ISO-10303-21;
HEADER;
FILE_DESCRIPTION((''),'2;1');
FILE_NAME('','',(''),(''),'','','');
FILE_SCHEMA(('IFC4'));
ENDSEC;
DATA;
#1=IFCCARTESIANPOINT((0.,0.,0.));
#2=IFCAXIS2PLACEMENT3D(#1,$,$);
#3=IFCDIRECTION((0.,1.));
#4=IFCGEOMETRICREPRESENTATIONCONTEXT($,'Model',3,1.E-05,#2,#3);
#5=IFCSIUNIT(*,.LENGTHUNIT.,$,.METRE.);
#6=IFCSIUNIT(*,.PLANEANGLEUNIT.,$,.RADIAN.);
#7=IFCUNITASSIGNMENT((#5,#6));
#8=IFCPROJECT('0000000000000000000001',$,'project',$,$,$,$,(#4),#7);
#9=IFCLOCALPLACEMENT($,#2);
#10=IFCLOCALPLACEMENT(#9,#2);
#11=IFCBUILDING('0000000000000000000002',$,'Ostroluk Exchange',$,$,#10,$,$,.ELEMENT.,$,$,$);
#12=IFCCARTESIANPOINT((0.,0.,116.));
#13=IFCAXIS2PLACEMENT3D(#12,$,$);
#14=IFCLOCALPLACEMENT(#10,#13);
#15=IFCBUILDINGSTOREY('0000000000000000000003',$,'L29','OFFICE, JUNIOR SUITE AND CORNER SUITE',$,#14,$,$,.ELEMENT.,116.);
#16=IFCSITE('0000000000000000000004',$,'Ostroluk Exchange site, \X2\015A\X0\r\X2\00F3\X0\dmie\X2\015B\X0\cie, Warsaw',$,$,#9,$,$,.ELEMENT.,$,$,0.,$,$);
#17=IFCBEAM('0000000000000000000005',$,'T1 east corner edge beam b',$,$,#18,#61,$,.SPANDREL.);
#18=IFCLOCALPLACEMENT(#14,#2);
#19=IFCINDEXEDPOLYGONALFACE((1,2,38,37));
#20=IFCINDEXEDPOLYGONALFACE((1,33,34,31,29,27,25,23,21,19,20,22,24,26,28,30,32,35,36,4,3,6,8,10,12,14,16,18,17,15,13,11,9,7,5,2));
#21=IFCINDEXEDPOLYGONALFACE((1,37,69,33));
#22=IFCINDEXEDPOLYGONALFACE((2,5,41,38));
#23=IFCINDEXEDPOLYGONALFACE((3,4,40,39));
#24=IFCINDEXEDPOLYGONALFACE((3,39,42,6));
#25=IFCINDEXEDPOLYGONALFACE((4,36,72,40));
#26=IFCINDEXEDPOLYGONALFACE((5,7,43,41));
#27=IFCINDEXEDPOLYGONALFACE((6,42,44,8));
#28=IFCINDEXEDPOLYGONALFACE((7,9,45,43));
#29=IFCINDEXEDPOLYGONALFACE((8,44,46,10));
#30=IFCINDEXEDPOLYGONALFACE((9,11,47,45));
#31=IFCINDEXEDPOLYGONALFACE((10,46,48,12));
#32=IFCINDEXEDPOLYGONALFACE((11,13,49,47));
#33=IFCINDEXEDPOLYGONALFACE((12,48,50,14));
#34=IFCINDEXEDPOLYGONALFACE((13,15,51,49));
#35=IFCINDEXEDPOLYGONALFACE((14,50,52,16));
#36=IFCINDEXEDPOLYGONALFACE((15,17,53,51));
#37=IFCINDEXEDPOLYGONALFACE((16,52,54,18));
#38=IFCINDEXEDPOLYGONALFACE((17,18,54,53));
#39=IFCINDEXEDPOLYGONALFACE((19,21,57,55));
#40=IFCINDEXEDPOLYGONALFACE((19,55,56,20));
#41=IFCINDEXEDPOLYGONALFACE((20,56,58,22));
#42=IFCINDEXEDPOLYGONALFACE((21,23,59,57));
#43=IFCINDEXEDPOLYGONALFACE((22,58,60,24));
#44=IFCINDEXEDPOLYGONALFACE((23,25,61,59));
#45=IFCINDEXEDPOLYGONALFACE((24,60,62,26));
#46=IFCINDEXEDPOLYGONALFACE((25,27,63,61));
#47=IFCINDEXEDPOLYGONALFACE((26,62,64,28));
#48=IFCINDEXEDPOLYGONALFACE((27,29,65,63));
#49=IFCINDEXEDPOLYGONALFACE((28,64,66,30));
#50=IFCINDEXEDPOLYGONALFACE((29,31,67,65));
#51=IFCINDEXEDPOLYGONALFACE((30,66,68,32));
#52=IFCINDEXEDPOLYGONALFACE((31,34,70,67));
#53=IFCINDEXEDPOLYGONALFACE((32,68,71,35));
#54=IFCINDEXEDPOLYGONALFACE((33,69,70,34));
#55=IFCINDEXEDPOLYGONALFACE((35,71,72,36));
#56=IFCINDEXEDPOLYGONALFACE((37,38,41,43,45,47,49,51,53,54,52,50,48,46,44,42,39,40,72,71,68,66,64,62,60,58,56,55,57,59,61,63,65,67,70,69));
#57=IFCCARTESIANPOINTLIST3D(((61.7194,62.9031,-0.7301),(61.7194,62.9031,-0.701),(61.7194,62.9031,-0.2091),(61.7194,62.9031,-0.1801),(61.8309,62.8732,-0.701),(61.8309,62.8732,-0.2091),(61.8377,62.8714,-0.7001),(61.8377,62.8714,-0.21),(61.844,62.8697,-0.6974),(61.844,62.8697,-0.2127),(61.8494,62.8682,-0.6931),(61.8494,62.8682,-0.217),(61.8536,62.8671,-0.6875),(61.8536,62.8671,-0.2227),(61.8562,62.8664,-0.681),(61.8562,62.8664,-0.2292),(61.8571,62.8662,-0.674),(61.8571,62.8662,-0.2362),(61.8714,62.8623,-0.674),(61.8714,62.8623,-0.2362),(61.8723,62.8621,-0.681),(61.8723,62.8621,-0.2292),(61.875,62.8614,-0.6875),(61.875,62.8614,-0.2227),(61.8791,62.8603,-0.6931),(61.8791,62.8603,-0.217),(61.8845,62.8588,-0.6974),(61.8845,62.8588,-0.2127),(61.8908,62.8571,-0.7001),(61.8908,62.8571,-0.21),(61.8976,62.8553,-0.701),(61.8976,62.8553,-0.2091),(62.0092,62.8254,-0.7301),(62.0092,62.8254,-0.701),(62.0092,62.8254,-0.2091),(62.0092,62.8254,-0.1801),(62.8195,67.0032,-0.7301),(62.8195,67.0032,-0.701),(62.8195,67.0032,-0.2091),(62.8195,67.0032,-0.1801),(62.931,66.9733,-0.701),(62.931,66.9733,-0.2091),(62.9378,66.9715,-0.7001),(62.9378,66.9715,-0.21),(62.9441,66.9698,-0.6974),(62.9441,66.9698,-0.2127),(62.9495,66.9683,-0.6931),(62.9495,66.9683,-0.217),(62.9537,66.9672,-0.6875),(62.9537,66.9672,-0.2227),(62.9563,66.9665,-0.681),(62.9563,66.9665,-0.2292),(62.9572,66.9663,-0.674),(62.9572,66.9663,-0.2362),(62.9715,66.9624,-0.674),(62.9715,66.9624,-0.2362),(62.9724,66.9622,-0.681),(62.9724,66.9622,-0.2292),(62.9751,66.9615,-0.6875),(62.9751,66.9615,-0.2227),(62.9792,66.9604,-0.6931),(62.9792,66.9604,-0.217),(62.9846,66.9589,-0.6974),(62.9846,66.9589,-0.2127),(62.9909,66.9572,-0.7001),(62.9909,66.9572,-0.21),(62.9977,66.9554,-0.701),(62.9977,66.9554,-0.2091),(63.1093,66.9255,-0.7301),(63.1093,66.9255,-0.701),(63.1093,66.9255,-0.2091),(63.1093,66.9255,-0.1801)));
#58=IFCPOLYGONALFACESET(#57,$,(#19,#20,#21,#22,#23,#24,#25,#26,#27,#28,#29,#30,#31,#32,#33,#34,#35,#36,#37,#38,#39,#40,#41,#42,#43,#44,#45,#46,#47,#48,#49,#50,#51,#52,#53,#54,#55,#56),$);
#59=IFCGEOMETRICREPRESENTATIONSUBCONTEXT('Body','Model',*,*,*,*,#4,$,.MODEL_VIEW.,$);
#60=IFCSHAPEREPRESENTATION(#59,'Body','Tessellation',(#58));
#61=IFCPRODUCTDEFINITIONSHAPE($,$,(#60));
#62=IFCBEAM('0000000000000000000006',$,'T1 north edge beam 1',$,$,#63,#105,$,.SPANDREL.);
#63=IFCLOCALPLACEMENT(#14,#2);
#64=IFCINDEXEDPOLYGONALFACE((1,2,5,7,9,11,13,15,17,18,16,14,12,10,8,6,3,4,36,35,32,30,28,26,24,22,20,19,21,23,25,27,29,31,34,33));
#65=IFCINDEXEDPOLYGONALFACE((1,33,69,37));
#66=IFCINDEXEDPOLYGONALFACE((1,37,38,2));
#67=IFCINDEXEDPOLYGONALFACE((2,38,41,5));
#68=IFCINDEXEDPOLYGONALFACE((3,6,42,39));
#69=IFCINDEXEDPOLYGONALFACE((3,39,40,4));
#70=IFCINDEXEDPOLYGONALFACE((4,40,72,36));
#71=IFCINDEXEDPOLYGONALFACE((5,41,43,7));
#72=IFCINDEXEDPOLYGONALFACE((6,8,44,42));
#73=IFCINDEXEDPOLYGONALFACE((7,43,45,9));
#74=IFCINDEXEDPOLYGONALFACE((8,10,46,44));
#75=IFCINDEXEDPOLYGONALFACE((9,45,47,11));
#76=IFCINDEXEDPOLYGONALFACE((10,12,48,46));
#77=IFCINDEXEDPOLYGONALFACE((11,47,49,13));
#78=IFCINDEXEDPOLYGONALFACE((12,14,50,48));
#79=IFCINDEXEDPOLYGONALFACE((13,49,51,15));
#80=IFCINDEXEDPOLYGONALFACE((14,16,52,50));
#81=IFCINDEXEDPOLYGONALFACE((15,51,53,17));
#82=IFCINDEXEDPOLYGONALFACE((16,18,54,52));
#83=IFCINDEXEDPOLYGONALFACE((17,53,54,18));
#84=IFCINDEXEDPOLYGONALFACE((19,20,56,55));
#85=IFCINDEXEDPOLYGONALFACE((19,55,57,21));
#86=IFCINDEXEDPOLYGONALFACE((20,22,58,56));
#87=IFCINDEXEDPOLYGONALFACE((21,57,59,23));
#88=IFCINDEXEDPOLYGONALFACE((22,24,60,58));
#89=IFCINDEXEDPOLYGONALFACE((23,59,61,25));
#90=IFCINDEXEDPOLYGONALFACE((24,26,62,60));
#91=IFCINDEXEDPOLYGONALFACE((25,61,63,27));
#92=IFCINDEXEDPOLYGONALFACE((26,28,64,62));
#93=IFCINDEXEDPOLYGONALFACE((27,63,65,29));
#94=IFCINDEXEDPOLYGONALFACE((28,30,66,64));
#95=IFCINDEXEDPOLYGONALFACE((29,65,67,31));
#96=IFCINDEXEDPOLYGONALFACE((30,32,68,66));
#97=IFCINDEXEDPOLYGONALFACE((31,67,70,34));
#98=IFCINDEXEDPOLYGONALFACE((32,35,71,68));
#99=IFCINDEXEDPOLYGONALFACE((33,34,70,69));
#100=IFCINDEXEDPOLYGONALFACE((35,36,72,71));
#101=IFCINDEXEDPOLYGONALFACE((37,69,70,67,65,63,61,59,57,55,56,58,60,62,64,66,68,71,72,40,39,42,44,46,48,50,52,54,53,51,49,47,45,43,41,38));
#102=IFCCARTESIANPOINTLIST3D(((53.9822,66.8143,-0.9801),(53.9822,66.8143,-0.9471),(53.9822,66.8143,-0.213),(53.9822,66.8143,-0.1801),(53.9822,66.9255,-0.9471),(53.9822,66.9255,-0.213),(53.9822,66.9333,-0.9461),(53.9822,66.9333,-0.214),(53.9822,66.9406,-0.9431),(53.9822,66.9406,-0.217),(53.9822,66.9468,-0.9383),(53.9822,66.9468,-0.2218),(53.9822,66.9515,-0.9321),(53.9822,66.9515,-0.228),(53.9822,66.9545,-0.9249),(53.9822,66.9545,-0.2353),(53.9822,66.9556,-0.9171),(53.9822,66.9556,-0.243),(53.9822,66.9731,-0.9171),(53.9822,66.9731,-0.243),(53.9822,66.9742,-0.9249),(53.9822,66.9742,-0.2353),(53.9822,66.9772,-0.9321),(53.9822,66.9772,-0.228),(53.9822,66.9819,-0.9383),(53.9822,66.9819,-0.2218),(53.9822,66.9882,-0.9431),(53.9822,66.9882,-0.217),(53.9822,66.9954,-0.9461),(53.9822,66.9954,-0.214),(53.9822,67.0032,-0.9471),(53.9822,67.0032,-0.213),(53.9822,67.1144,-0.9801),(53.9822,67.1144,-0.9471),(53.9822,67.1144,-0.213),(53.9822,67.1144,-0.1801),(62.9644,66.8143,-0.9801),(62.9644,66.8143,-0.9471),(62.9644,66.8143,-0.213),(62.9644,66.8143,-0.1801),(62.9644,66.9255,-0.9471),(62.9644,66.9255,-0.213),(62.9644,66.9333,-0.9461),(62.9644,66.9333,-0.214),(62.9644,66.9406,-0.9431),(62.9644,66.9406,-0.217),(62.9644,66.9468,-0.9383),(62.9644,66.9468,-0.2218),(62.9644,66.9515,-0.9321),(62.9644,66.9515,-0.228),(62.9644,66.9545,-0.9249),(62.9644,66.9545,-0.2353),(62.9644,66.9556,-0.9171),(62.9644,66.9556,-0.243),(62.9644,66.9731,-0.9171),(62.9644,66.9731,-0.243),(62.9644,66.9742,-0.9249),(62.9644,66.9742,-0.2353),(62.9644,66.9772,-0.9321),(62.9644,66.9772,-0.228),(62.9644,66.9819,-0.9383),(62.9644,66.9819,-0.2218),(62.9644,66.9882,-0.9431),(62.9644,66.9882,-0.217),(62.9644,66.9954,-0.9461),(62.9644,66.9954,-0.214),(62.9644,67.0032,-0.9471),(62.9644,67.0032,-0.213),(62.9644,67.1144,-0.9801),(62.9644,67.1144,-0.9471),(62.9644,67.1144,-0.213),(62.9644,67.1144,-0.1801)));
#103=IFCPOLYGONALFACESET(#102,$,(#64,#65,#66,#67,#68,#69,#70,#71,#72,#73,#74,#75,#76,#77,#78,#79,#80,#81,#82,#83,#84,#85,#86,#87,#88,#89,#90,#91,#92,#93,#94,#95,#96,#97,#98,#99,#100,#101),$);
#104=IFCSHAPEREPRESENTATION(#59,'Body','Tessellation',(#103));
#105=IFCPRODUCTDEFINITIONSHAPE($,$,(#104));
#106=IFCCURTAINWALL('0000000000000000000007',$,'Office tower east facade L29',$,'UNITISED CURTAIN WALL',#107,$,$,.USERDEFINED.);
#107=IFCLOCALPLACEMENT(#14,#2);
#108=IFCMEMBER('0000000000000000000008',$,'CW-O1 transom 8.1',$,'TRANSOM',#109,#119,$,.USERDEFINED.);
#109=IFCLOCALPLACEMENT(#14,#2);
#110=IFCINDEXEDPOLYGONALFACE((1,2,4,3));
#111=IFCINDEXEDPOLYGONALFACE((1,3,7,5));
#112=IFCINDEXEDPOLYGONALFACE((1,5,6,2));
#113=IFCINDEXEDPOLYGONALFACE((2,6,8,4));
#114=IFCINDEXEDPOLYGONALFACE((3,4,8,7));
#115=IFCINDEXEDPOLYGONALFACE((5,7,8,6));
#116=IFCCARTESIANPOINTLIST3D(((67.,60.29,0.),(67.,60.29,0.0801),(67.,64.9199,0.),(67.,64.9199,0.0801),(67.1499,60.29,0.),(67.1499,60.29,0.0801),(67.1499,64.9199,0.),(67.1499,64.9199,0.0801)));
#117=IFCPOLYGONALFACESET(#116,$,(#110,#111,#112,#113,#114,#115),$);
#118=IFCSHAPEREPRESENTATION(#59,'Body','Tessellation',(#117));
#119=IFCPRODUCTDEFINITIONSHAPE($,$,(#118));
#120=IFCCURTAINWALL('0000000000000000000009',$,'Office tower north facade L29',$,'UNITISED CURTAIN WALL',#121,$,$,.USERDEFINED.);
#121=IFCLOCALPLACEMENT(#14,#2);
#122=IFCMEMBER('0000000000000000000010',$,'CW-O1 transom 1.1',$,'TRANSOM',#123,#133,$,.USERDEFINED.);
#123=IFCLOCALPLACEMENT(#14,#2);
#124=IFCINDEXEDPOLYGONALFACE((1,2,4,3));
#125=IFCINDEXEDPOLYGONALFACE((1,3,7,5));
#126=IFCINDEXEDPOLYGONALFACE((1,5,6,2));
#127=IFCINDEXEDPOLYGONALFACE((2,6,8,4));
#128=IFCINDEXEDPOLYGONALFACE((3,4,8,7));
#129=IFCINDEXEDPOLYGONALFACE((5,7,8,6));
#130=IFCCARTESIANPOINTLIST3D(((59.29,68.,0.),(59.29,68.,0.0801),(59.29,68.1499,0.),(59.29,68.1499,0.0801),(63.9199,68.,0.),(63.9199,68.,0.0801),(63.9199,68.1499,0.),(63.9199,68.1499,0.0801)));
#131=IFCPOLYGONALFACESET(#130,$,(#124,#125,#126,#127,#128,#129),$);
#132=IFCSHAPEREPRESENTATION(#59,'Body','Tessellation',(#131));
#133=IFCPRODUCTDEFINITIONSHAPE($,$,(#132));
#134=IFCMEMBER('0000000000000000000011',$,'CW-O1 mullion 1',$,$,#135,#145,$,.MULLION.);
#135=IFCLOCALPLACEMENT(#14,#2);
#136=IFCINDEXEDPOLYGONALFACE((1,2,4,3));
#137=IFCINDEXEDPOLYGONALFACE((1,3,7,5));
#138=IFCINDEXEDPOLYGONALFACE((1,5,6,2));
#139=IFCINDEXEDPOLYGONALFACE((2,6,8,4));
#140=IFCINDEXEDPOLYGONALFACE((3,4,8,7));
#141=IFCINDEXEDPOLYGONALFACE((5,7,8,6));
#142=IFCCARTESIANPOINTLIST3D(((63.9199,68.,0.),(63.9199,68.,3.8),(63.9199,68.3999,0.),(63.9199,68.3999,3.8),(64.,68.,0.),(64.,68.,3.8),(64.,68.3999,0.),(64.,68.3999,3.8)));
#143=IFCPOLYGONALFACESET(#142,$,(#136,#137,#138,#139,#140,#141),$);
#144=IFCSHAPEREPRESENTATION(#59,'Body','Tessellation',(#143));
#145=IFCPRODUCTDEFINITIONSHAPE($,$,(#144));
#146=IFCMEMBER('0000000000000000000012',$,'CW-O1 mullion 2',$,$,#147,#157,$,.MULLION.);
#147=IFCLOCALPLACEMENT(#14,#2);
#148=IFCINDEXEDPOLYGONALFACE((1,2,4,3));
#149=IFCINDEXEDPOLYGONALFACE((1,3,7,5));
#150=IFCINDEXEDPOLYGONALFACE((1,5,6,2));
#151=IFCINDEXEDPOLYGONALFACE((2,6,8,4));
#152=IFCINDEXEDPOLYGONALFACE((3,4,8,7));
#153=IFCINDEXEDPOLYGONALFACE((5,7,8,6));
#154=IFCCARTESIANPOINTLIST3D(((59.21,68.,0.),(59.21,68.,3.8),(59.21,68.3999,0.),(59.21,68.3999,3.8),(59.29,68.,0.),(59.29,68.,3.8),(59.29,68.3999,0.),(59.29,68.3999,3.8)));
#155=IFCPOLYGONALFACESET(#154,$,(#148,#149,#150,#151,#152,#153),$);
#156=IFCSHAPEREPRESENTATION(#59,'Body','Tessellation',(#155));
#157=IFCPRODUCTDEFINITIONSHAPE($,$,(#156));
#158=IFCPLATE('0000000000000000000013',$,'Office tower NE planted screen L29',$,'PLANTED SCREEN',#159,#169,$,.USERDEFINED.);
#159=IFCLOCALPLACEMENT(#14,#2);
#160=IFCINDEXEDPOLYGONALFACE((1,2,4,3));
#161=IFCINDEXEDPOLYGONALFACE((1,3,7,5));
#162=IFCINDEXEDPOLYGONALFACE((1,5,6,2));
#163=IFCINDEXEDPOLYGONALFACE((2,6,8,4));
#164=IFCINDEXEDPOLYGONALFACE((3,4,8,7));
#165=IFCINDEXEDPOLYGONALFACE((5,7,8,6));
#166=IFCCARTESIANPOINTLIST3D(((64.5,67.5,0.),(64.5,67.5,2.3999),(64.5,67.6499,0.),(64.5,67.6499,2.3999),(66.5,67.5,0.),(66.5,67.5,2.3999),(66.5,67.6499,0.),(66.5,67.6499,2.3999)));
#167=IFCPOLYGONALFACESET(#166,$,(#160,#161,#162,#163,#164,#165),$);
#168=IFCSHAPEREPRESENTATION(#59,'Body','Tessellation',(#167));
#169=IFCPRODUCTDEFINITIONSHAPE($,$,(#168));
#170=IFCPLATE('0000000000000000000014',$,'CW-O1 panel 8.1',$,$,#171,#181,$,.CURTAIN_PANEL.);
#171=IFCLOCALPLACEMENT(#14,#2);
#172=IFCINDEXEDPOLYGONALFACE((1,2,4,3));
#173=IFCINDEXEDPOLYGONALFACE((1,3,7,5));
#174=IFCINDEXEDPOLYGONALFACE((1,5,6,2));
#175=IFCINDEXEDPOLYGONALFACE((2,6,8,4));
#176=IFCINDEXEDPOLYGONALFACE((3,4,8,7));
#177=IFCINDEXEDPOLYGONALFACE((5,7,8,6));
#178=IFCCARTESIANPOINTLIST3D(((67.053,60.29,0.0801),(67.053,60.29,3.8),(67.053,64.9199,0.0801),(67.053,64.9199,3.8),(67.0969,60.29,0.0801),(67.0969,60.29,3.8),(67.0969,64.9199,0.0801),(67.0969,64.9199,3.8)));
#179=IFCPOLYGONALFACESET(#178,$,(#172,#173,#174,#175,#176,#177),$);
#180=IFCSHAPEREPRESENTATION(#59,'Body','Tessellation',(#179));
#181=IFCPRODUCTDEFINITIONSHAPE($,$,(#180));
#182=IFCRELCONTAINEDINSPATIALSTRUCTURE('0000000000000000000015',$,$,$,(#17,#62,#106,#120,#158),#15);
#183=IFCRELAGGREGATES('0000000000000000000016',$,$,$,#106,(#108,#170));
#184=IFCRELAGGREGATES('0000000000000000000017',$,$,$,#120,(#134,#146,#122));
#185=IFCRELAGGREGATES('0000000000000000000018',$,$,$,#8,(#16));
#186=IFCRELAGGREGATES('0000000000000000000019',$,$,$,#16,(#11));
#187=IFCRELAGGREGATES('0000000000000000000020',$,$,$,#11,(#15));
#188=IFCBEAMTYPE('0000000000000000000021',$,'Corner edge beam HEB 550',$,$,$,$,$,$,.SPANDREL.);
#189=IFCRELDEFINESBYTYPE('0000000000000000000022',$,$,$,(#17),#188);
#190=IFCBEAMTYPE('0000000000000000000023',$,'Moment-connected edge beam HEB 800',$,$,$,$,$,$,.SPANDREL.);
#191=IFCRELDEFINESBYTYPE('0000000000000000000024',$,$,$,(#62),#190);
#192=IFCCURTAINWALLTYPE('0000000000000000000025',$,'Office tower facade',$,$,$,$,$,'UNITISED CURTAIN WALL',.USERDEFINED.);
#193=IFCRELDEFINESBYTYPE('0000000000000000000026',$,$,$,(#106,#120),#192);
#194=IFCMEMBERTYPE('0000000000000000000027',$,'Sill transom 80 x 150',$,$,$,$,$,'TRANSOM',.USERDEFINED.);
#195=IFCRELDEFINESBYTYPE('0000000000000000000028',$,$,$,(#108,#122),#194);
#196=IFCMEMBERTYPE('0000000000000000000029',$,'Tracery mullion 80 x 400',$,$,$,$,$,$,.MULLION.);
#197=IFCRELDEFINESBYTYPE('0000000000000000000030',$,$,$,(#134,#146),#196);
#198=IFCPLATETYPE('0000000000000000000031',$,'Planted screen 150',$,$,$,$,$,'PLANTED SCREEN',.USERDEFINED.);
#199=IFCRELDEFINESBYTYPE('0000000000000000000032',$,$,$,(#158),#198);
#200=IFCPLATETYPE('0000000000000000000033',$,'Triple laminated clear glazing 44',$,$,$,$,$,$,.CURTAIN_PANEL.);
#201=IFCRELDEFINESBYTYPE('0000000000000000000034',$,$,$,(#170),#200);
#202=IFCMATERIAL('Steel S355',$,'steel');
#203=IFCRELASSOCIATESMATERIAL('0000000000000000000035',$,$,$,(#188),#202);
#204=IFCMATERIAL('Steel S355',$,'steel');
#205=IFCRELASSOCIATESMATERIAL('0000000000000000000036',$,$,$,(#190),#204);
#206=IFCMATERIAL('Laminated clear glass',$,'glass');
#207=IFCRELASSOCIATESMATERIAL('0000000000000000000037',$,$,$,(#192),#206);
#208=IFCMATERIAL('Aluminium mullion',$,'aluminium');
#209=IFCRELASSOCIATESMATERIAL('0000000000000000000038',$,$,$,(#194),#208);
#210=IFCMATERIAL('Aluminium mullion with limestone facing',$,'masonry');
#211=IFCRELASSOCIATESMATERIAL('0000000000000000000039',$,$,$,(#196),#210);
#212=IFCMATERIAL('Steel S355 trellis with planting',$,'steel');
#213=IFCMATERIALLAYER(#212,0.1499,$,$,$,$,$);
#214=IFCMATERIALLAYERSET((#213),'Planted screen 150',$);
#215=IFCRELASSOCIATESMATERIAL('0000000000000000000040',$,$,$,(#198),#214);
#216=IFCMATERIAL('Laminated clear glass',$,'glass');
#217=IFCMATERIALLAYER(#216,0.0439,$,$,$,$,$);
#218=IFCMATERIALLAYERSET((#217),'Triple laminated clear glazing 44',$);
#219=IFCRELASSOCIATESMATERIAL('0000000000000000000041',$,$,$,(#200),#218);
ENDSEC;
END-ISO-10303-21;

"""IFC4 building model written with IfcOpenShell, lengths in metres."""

from ifc_helpers import new_model, si_unit, direction, frame, origin, origin_2d, place, context, subcontext, project, spatial, rectangle, i_section, extrude, material, layer, layer_set, material_profile, profile_set, type_object, element, aggregate, save


model = new_model("IFC4")

# Units and contexts
model_context = context("Model", 3, precision=1e-05, world=origin(), true_north=direction((0.0, 1.0)))
body_context = subcontext(model_context, "Body", "Model", "MODEL_VIEW")
ifc_project = project(units=[si_unit("LENGTHUNIT", "METRE"), si_unit("PLANEANGLEUNIT", "RADIAN")], contexts=[model_context])

# Site, building, storey
site_placement = place(None, origin())
site = spatial("IfcSite", under=ifc_project, at=site_placement, Name="Ostroluk Exchange site, Śródmieście, Warsaw", CompositionType="ELEMENT", RefElevation=0.0)
building_placement = place(site_placement, origin())
building = spatial("IfcBuilding", under=site, at=building_placement, Name="Ostroluk Exchange", CompositionType="ELEMENT")
storey_placement = place(building_placement, frame((0.0, 0.0, 116.0)))
storey = spatial("IfcBuildingStorey", under=building, at=storey_placement, Name="L29", Description="OFFICE, JUNIOR SUITE AND CORNER SUITE", CompositionType="ELEMENT", Elevation=116.0)

# Beams
ifc_material_1 = material(Name="Steel S355", Category="steel")
ifc_material_profile_1 = material_profile(ifc_material_1, i_section(OverallWidth=0.3, OverallDepth=0.55, WebThickness=0.0149, FlangeThickness=0.0291, FilletRadius=0.0271, at=origin_2d()), Name="HEB 550")
ifc_profile_set_1 = profile_set([ifc_material_profile_1], Name="Steel S355")
beam_type_1 = type_object("IfcBeamType", Name="Corner edge beam HEB 550", PredefinedType="SPANDREL", material=ifc_profile_set_1)
for number, where, z_axis, x_axis, name in (
    (1, (61.8643, 62.8643, -0.4551), (0.259144, 0.965839, 0.0), (-0.965839, 0.259144, 0.0), "T1 east corner edge beam b"),
):
    element("IfcBeam", number, at=place(storey_placement, frame(where, z_axis=z_axis, x_axis=x_axis)), inside=storey, type_object=beam_type_1, Name=name, PredefinedType="SPANDREL", context=body_context, shape_type="SweptSolid", body=[
        extrude(i_section(OverallWidth=0.3, OverallDepth=0.55, WebThickness=0.0149, FlangeThickness=0.0291, FilletRadius=0.0271, at=origin_2d()), origin(), (0.0, 0.0, 1.0), 4.2451),
    ])
ifc_material_2 = material(Name="Steel S355", Category="steel")
ifc_material_profile_2 = material_profile(ifc_material_2, i_section(OverallWidth=0.3, OverallDepth=0.8, WebThickness=0.0176, FlangeThickness=0.033, FilletRadius=0.03, at=origin_2d()), Name="HEB 800")
ifc_profile_set_2 = profile_set([ifc_material_profile_2], Name="Steel S355")
beam_type_2 = type_object("IfcBeamType", Name="Moment-connected edge beam HEB 800", PredefinedType="SPANDREL", material=ifc_profile_set_2)
beam_1_placement = place(storey_placement, frame((62.9644, 66.9644, -0.5801), z_axis=(-1.0, 0.0, 0.0), x_axis=(0.0, -1.0, 0.0)))
element("IfcBeam", 2, at=beam_1_placement, inside=storey, type_object=beam_type_2, Name="T1 north edge beam 1", PredefinedType="SPANDREL", context=body_context, shape_type="SweptSolid", body=[
    extrude(i_section(OverallWidth=0.3, OverallDepth=0.8, WebThickness=0.0176, FlangeThickness=0.033, FilletRadius=0.03, at=origin_2d()), origin(), (0.0, 0.0, 1.0), 8.9822),
])

# Curtain wall, member
ifc_material_3 = material(Name="Laminated clear glass", Category="glass")
curtain_wall_type = type_object("IfcCurtainWallType", Name="Office tower facade", ElementType="UNITISED CURTAIN WALL", PredefinedType="USERDEFINED", material=ifc_material_3)
curtain_wall_1_placement = place(storey_placement, origin())
curtain_wall_1 = element("IfcCurtainWall", 3, at=curtain_wall_1_placement, inside=storey, type_object=curtain_wall_type, Name="Office tower east facade L29", ObjectType="UNITISED CURTAIN WALL", PredefinedType="USERDEFINED")
ifc_material_4 = material(Name="Aluminium mullion", Category="aluminium")
ifc_material_profile_3 = material_profile(ifc_material_4, rectangle(XDim=0.1499, YDim=0.0801, at=origin_2d()), Name="Sill transom 80 x 150")
ifc_profile_set_3 = profile_set([ifc_material_profile_3], Name="Aluminium mullion")
member_type_1 = type_object("IfcMemberType", Name="Sill transom 80 x 150", ElementType="TRANSOM", PredefinedType="USERDEFINED", material=ifc_profile_set_3)
member_1_placement = place(storey_placement, frame((67.075, 60.29, 0.04), z_axis=(0.0, 1.0, 0.0), x_axis=(-1.0, 0.0, 0.0)))
member_1 = element("IfcMember", 4, at=member_1_placement, type_object=member_type_1, Name="CW-O1 transom 8.1", ObjectType="TRANSOM", PredefinedType="USERDEFINED", context=body_context, shape_type="SweptSolid", body=[
    extrude(rectangle(XDim=0.1499, YDim=0.0801, at=origin_2d()), origin(), (0.0, 0.0, 1.0), 4.6299),
])

# Curtain wall, members
curtain_wall_2_placement = place(storey_placement, origin())
curtain_wall_2 = element("IfcCurtainWall", 5, at=curtain_wall_2_placement, inside=storey, type_object=curtain_wall_type, Name="Office tower north facade L29", ObjectType="UNITISED CURTAIN WALL", PredefinedType="USERDEFINED")
member_2_placement = place(storey_placement, frame((63.9199, 68.075, 0.04), z_axis=(-1.0, 0.0, 0.0), x_axis=(0.0, -1.0, 0.0)))
member_2 = element("IfcMember", 6, at=member_2_placement, type_object=member_type_1, Name="CW-O1 transom 1.1", ObjectType="TRANSOM", PredefinedType="USERDEFINED", context=body_context, shape_type="SweptSolid", body=[
    extrude(rectangle(XDim=0.1499, YDim=0.0801, at=origin_2d()), origin(), (0.0, 0.0, 1.0), 4.6299),
])
ifc_material_5 = material(Name="Aluminium mullion with limestone facing", Category="masonry")
ifc_material_profile_4 = material_profile(ifc_material_5, rectangle(XDim=0.3999, YDim=0.0801, at=origin_2d()), Name="Tracery mullion 80 x 400")
ifc_profile_set_4 = profile_set([ifc_material_profile_4], Name="Aluminium mullion with limestone facing")
member_type_2 = type_object("IfcMemberType", Name="Tracery mullion 80 x 400", PredefinedType="MULLION", material=ifc_profile_set_4)
member_3_placement = place(storey_placement, frame((63.96, 68.2, 0.0), z_axis=(0.0, 0.0, 1.0), x_axis=(0.0, -1.0, 0.0)))
member_3 = element("IfcMember", 7, at=member_3_placement, type_object=member_type_2, Name="CW-O1 mullion 1", PredefinedType="MULLION", context=body_context, shape_type="SweptSolid", body=[
    extrude(rectangle(XDim=0.3999, YDim=0.0801, at=origin_2d()), origin(), (0.0, 0.0, 1.0), 3.8),
])
member_4_placement = place(storey_placement, frame((59.25, 68.2, 0.0), z_axis=(0.0, 0.0, 1.0), x_axis=(0.0, -1.0, 0.0)))
member_4 = element("IfcMember", 8, at=member_4_placement, type_object=member_type_2, Name="CW-O1 mullion 2", PredefinedType="MULLION", context=body_context, shape_type="SweptSolid", body=[
    extrude(rectangle(XDim=0.3999, YDim=0.0801, at=origin_2d()), origin(), (0.0, 0.0, 1.0), 3.8),
])

# Plates
ifc_material_6 = material(Name="Steel S355 trellis with planting", Category="steel")
ifc_layer_1 = layer(ifc_material_6, 0.1499)
ifc_layer_set_1 = layer_set([ifc_layer_1], Name="Planted screen 150")
plate_type_1 = type_object("IfcPlateType", Name="Planted screen 150", ElementType="PLANTED SCREEN", PredefinedType="USERDEFINED", material=ifc_layer_set_1)
plate_1_placement = place(storey_placement, frame((65.5, 67.575, 0.0), z_axis=(0.0, 0.0, 1.0), x_axis=(1.0, 0.0, 0.0)))
element("IfcPlate", 9, at=plate_1_placement, inside=storey, type_object=plate_type_1, Name="Office tower NE planted screen L29", ObjectType="PLANTED SCREEN", PredefinedType="USERDEFINED", context=body_context, shape_type="SweptSolid", body=[
    extrude(rectangle(XDim=2.0, YDim=0.1499, at=origin_2d()), origin(), (0.0, 0.0, 1.0), 2.3999),
])
ifc_material_7 = material(Name="Laminated clear glass", Category="glass")
ifc_layer_2 = layer(ifc_material_7, 0.0439)
ifc_layer_set_2 = layer_set([ifc_layer_2], Name="Triple laminated clear glazing 44")
plate_type_2 = type_object("IfcPlateType", Name="Triple laminated clear glazing 44", PredefinedType="CURTAIN_PANEL", material=ifc_layer_set_2)
plate_2_placement = place(storey_placement, frame((67.075, 62.605, 0.0801), z_axis=(0.0, 0.0, 1.0), x_axis=(0.0, 1.0, 0.0)))
plate_2 = element("IfcPlate", 10, at=plate_2_placement, type_object=plate_type_2, Name="CW-O1 panel 8.1", PredefinedType="CURTAIN_PANEL", context=body_context, shape_type="SweptSolid", body=[
    extrude(rectangle(XDim=4.6299, YDim=0.0439, at=origin_2d()), origin(), (0.0, 0.0, 1.0), 3.72),
])
aggregate(curtain_wall_1, [member_1, plate_2])
aggregate(curtain_wall_2, [member_3, member_4, member_2])

save(model, "model.ifc")
